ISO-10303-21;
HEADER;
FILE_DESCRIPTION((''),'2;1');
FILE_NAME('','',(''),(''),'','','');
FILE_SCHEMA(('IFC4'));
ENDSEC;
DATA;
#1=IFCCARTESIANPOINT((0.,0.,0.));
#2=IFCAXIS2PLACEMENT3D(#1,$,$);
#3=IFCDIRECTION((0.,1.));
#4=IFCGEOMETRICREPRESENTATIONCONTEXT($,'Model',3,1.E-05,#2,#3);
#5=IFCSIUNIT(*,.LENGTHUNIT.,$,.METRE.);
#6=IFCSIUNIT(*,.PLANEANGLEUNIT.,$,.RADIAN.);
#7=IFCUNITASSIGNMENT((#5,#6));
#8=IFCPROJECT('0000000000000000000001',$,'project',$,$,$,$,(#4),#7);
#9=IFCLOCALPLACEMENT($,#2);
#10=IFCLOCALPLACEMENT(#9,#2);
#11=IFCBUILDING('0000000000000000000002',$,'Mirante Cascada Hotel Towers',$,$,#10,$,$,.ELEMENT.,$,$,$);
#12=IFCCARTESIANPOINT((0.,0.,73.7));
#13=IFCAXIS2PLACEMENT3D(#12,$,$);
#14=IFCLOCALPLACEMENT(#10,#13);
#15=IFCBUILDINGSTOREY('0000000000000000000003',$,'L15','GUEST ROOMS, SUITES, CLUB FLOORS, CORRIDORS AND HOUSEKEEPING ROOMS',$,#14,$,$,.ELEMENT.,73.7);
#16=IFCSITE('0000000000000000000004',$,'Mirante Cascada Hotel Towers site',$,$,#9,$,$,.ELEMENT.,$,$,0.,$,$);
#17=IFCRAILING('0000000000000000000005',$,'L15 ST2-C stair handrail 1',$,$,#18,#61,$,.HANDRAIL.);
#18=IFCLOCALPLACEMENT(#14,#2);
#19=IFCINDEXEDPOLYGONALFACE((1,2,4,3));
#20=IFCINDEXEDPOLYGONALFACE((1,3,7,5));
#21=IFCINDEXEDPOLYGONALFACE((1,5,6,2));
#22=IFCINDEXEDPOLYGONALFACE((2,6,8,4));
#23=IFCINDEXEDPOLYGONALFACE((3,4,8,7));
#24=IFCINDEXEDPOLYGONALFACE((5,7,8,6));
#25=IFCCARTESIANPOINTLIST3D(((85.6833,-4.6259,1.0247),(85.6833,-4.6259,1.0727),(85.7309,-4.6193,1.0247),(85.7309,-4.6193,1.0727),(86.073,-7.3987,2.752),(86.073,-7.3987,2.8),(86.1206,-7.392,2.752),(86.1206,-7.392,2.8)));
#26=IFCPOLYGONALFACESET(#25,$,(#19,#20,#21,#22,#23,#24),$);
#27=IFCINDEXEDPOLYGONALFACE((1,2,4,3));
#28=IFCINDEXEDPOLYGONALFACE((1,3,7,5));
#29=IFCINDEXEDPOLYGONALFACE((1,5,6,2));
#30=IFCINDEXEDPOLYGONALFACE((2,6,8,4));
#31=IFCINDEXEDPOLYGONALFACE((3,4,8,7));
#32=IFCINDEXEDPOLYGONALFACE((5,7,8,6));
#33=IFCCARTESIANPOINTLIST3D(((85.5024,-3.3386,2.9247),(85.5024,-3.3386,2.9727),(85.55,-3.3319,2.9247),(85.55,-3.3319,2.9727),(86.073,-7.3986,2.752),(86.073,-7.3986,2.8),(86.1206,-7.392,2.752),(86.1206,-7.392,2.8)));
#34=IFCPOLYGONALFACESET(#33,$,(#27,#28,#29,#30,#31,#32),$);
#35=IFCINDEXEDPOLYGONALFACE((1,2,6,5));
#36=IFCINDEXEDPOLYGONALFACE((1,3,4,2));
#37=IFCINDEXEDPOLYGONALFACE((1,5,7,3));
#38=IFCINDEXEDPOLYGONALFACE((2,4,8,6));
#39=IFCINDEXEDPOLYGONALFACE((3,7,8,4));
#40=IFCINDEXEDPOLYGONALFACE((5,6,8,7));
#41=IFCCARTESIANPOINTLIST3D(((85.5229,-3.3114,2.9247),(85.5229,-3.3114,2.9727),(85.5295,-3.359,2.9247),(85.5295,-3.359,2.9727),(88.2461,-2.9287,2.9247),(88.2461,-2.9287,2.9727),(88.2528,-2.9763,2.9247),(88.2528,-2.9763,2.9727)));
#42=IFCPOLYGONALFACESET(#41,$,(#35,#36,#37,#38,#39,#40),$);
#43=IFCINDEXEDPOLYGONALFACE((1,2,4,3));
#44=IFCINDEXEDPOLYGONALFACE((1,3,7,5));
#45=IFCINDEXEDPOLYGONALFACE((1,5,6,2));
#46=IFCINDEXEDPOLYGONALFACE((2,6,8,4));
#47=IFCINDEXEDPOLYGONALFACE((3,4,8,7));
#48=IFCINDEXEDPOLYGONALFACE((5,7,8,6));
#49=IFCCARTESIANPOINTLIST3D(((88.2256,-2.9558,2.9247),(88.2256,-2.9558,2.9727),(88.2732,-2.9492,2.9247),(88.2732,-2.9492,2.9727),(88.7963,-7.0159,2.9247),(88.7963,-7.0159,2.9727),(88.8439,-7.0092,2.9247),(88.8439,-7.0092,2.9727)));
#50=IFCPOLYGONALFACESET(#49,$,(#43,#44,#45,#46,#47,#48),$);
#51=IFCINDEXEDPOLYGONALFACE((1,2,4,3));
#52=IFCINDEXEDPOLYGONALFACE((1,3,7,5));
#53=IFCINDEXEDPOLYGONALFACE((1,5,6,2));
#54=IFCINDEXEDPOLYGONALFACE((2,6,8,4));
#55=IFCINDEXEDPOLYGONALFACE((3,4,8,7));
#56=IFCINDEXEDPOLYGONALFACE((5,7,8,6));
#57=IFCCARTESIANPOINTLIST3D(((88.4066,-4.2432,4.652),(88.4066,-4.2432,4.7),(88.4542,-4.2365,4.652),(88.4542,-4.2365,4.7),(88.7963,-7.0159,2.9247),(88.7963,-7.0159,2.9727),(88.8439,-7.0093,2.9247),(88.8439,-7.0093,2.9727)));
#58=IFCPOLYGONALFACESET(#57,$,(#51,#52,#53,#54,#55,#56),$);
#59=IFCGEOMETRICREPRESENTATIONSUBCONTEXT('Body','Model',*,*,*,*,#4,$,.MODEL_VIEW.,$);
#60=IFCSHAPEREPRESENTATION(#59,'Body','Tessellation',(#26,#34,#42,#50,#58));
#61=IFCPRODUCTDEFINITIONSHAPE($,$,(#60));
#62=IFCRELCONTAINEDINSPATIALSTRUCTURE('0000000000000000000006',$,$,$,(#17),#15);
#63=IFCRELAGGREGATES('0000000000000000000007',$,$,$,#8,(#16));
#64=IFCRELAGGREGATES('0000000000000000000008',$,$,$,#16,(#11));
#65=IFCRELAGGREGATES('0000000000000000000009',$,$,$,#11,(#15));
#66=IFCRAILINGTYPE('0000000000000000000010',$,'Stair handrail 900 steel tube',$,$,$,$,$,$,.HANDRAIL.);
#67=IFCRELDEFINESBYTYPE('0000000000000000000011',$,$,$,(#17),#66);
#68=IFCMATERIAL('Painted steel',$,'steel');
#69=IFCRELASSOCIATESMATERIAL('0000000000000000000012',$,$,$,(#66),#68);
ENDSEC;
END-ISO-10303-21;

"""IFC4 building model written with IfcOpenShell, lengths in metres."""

from ifc_helpers import new_model, si_unit, direction, frame, origin, origin_2d, place, context, subcontext, project, spatial, rectangle, extrude, material, type_object, element, save


model = new_model("IFC4")

# Units and contexts
model_context = context("Model", 3, precision=1e-05, world=origin(), true_north=direction((0.0, 1.0)))
body_context = subcontext(model_context, "Body", "Model", "MODEL_VIEW")
ifc_project = project(units=[si_unit("LENGTHUNIT", "METRE"), si_unit("PLANEANGLEUNIT", "RADIAN")], contexts=[model_context])

# Site, building, storey
site_placement = place(None, origin())
site = spatial("IfcSite", under=ifc_project, at=site_placement, Name="Mirante Cascada Hotel Towers site", CompositionType="ELEMENT", RefElevation=0.0)
building_placement = place(site_placement, origin())
building = spatial("IfcBuilding", under=site, at=building_placement, Name="Mirante Cascada Hotel Towers", CompositionType="ELEMENT")
storey_placement = place(building_placement, frame((0.0, 0.0, 73.7)))
storey = spatial("IfcBuildingStorey", under=building, at=storey_placement, Name="L15", Description="GUEST ROOMS, SUITES, CLUB FLOORS, CORRIDORS AND HOUSEKEEPING ROOMS", CompositionType="ELEMENT", Elevation=73.7)

# Railing
ifc_material_1 = material(Name="Painted steel", Category="steel")
railing_type = type_object("IfcRailingType", Name="Stair handrail 900 steel tube", PredefinedType="HANDRAIL", material=ifc_material_1)
railing_placement = place(storey_placement, frame((85.7071, -4.6226, 0.1727)))
element("IfcRailing", 1, at=railing_placement, inside=storey, type_object=railing_type, Name="L15 ST2-C stair handrail 1", PredefinedType="HANDRAIL", context=body_context, shape_type="SweptSolid", body=[
    extrude(rectangle(XDim=0.048, YDim=0.048, at=origin_2d()), frame((0.0, 0.0, 0.876), z_axis=(0.139181, -0.990267, 0.0), x_axis=(0.990267, 0.139181, 0.0)), (0.0, 0.525035, 0.851081), 3.2899),
    extrude(rectangle(XDim=0.048, YDim=0.048, at=origin_2d()), frame((0.3897, -2.7727, 2.6033), z_axis=(-0.139171, 0.990268, 0.0), x_axis=(-0.990268, -0.139171, 0.0)), (0.0, 0.042085, 0.999114), 4.1036),
    extrude(rectangle(XDim=0.048, YDim=0.048, at=origin_2d()), frame((-0.1809, 1.2874, 2.776), z_axis=(0.990269, 0.139166, 0.0), x_axis=(-0.139166, 0.990269, 0.0)), (0.0, 0.0, 1.0), 2.75),
    extrude(rectangle(XDim=0.048, YDim=0.048, at=origin_2d()), frame((2.5423, 1.6701, 2.776), z_axis=(0.139195, -0.990265, 0.0), x_axis=(0.990265, 0.139195, 0.0)), (0.0, 0.0, 1.0), 4.1),
    extrude(rectangle(XDim=0.048, YDim=0.048, at=origin_2d()), frame((3.113, -2.39, 2.776), z_axis=(-0.139181, 0.990267, 0.0), x_axis=(-0.990267, -0.139181, 0.0)), (0.0, 0.525035, 0.851081), 3.2899),
])

save(model, "model.ifc")
